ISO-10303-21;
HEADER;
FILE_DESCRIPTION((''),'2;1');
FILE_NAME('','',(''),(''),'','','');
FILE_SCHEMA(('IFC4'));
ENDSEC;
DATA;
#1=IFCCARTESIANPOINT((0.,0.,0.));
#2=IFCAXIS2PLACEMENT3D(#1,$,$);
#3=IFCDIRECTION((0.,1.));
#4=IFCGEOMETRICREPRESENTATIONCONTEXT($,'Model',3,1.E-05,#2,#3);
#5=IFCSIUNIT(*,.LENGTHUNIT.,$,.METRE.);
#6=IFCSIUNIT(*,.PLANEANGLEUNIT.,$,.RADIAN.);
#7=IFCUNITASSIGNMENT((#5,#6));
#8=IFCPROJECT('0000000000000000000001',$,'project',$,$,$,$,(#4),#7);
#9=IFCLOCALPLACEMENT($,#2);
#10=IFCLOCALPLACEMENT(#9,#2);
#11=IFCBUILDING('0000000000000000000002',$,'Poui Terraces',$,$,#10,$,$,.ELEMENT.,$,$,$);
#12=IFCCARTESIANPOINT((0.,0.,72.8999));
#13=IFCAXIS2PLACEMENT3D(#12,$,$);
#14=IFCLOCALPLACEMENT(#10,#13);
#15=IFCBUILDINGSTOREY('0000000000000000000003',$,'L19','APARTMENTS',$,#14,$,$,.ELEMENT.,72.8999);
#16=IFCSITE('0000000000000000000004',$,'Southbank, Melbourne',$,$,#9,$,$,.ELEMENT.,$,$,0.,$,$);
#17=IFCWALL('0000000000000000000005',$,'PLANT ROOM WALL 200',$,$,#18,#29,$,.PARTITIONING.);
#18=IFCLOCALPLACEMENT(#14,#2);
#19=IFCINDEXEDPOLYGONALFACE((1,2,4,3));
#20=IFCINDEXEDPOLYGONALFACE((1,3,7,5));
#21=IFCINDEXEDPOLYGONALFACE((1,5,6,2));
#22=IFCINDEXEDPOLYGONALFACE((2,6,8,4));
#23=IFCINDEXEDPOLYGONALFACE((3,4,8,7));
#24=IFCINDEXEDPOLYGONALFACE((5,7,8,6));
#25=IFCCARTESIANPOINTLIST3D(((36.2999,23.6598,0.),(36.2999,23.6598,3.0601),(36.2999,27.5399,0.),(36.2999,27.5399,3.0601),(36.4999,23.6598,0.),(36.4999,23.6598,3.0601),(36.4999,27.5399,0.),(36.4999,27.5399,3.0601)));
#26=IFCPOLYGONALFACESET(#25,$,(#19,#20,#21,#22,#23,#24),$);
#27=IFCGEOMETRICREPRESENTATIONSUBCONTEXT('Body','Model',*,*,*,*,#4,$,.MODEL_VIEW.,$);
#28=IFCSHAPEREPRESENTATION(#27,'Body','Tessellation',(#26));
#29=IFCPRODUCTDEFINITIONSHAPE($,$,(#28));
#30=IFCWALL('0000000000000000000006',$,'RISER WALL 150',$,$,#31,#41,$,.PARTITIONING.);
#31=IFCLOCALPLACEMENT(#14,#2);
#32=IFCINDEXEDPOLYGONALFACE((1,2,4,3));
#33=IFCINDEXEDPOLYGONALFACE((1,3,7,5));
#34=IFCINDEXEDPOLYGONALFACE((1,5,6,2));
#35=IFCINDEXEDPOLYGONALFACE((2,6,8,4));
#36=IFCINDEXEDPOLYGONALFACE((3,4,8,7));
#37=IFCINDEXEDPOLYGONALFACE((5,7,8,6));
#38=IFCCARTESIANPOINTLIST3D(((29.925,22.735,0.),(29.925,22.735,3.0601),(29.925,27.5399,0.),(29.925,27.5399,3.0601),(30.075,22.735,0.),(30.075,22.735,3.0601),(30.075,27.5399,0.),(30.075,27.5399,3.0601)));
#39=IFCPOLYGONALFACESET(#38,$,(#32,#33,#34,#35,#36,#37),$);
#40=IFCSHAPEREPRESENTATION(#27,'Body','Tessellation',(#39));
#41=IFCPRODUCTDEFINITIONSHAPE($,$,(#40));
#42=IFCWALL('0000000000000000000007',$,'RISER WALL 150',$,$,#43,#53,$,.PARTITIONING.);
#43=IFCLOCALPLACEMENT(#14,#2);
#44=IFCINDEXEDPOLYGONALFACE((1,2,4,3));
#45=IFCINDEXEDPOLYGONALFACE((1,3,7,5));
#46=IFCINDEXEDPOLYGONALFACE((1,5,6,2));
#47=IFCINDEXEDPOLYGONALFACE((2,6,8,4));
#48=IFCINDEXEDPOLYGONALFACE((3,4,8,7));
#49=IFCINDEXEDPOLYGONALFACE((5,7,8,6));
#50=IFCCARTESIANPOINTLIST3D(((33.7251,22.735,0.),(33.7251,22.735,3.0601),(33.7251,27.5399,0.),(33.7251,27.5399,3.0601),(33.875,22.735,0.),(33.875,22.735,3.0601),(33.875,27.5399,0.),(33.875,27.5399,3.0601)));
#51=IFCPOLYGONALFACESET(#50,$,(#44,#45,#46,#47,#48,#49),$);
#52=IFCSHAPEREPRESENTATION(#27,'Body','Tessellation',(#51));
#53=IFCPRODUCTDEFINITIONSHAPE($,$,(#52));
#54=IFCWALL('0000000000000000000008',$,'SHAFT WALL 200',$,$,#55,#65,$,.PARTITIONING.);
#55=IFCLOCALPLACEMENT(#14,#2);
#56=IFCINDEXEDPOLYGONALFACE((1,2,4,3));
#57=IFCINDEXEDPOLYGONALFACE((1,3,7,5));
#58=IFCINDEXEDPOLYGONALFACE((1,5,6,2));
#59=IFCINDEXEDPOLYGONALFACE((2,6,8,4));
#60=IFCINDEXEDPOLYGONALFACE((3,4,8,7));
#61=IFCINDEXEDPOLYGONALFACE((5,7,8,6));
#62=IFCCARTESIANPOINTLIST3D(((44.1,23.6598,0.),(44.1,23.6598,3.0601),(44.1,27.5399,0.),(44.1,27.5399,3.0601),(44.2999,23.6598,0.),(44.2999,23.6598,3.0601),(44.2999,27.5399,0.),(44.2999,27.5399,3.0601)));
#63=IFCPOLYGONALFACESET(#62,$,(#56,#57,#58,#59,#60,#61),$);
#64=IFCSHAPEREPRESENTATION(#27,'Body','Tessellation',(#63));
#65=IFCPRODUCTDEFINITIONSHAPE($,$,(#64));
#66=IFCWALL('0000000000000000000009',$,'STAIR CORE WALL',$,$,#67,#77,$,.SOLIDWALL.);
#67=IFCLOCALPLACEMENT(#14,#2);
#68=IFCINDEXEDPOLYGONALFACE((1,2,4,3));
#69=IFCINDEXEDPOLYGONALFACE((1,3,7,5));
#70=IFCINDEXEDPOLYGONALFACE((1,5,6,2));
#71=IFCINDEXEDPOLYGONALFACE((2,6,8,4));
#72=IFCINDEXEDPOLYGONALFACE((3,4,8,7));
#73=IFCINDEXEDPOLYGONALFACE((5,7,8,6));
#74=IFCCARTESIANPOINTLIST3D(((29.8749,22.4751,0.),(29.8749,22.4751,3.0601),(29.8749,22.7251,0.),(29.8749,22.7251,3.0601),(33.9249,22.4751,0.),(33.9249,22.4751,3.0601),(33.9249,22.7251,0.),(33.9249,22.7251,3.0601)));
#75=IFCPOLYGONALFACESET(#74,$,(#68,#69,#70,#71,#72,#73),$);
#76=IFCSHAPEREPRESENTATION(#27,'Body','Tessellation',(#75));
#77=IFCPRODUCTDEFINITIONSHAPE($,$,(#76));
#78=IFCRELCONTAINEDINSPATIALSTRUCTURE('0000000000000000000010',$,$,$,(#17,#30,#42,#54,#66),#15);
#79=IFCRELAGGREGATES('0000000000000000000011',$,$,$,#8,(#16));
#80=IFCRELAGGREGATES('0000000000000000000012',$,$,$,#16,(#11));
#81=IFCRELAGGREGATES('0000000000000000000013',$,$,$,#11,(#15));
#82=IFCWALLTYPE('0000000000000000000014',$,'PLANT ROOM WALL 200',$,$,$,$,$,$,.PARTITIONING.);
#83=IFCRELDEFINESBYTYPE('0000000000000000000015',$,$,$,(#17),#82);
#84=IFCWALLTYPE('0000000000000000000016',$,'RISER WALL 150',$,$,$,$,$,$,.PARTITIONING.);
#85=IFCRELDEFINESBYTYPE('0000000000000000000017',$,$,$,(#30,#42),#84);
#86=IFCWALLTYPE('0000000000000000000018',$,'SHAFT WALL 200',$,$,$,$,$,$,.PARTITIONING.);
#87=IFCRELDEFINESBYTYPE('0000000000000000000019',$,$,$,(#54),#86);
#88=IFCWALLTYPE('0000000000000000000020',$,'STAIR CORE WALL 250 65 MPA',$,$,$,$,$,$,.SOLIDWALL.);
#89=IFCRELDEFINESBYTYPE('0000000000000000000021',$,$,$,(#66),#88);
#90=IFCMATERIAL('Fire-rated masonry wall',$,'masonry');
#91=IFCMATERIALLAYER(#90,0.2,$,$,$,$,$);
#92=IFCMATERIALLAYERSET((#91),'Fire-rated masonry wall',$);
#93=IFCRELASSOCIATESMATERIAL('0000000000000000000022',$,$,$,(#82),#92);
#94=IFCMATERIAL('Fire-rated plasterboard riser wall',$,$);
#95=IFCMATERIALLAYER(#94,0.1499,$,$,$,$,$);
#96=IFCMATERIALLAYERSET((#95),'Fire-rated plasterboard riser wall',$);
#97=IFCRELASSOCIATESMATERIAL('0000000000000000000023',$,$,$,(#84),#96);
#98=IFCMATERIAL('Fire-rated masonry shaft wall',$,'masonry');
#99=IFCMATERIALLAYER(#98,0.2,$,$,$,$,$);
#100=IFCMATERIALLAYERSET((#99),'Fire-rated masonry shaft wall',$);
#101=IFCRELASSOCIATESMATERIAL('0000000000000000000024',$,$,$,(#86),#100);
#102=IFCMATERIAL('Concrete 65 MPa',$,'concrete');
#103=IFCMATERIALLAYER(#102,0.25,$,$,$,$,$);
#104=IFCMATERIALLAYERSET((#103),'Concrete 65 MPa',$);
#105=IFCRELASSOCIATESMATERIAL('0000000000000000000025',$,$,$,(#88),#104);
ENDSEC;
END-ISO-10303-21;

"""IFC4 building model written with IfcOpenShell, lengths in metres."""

from ifc_helpers import new_model, si_unit, direction, frame, frame_2d, origin, place, context, subcontext, project, spatial, rectangle, extrude, material, layer, layer_set, type_object, element, save


model = new_model("IFC4")

# Units and contexts
model_context = context("Model", 3, precision=1e-05, world=origin(), true_north=direction((0.0, 1.0)))
body_context = subcontext(model_context, "Body", "Model", "MODEL_VIEW")
ifc_project = project(units=[si_unit("LENGTHUNIT", "METRE"), si_unit("PLANEANGLEUNIT", "RADIAN")], contexts=[model_context])

# Site, building, storey
site_placement = place(None, origin())
site = spatial("IfcSite", under=ifc_project, at=site_placement, Name="Southbank, Melbourne", CompositionType="ELEMENT", RefElevation=0.0)
building_placement = place(site_placement, origin())
building = spatial("IfcBuilding", under=site, at=building_placement, Name="Poui Terraces", CompositionType="ELEMENT")
storey_placement = place(building_placement, frame((0.0, 0.0, 72.8999)))
storey = spatial("IfcBuildingStorey", under=building, at=storey_placement, Name="L19", Description="APARTMENTS", CompositionType="ELEMENT", Elevation=72.8999)

# Shared definitions
ifc_material_1 = material(Name="Concrete 65 MPa", Category="concrete")

# Walls
ifc_material_2 = material(Name="Fire-rated masonry wall", Category="masonry")
ifc_layer_1 = layer(ifc_material_2, 0.2)
ifc_layer_set_1 = layer_set([ifc_layer_1], Name="Fire-rated masonry wall")
wall_type_1 = type_object("IfcWallType", Name="PLANT ROOM WALL 200", PredefinedType="PARTITIONING", material=ifc_layer_set_1)
wall_1_placement = place(storey_placement, frame((36.3999, 23.6599, 0.0), z_axis=(0.0, 0.0, 1.0), x_axis=(0.0, 1.0, 0.0)))
element("IfcWall", 1, at=wall_1_placement, inside=storey, type_object=wall_type_1, Name="PLANT ROOM WALL 200", PredefinedType="PARTITIONING", context=body_context, shape_type="SweptSolid", body=[
    extrude(rectangle(XDim=3.8801, YDim=0.2, at=frame_2d((1.9399, 0.0))), origin(), (0.0, 0.0, 1.0), 3.0601),
])
ifc_material_3 = material(Name="Fire-rated plasterboard riser wall")
ifc_layer_2 = layer(ifc_material_3, 0.1499)
ifc_layer_set_2 = layer_set([ifc_layer_2], Name="Fire-rated plasterboard riser wall")
wall_type_2 = type_object("IfcWallType", Name="RISER WALL 150", PredefinedType="PARTITIONING", material=ifc_layer_set_2)
for number, where, z_axis, x_axis, name in (
    (2, (30.0, 22.7351, 0.0), (0.0, 0.0, 1.0), (0.0, 1.0, 0.0), "RISER WALL 150"),
    (3, (33.8, 22.7351, 0.0), (0.0, 0.0, 1.0), (0.0, 1.0, 0.0), "RISER WALL 150"),
):
    element("IfcWall", number, at=place(storey_placement, frame(where, z_axis=z_axis, x_axis=x_axis)), inside=storey, type_object=wall_type_2, Name=name, PredefinedType="PARTITIONING", context=body_context, shape_type="SweptSolid", body=[
        extrude(rectangle(XDim=4.8049, YDim=0.1499, at=frame_2d((2.4023, 0.0))), origin(), (0.0, 0.0, 1.0), 3.0601),
    ])
ifc_material_4 = material(Name="Fire-rated masonry shaft wall", Category="masonry")
ifc_layer_3 = layer(ifc_material_4, 0.2)
ifc_layer_set_3 = layer_set([ifc_layer_3], Name="Fire-rated masonry shaft wall")
wall_type_3 = type_object("IfcWallType", Name="SHAFT WALL 200", PredefinedType="PARTITIONING", material=ifc_layer_set_3)
wall_2_placement = place(storey_placement, frame((44.2, 23.6599, 0.0), z_axis=(0.0, 0.0, 1.0), x_axis=(0.0, 1.0, 0.0)))
element("IfcWall", 4, at=wall_2_placement, inside=storey, type_object=wall_type_3, Name="SHAFT WALL 200", PredefinedType="PARTITIONING", context=body_context, shape_type="SweptSolid", body=[
    extrude(rectangle(XDim=3.8801, YDim=0.2, at=frame_2d((1.9399, 0.0))), origin(), (0.0, 0.0, 1.0), 3.0601),
])
ifc_layer_4 = layer(ifc_material_1, 0.25)
ifc_layer_set_4 = layer_set([ifc_layer_4], Name="Concrete 65 MPa")
wall_type_4 = type_object("IfcWallType", Name="STAIR CORE WALL 250 65 MPA", PredefinedType="SOLIDWALL", material=ifc_layer_set_4)
wall_3_placement = place(storey_placement, frame((29.875, 22.6001, 0.0), z_axis=(0.0, 0.0, 1.0), x_axis=(1.0, 0.0, 0.0)))
element("IfcWall", 5, at=wall_3_placement, inside=storey, type_object=wall_type_4, Name="STAIR CORE WALL", PredefinedType="SOLIDWALL", context=body_context, shape_type="SweptSolid", body=[
    extrude(rectangle(XDim=4.05, YDim=0.25, at=frame_2d((2.0249, 0.0))), origin(), (0.0, 0.0, 1.0), 3.0601),
])

save(model, "model.ifc")
